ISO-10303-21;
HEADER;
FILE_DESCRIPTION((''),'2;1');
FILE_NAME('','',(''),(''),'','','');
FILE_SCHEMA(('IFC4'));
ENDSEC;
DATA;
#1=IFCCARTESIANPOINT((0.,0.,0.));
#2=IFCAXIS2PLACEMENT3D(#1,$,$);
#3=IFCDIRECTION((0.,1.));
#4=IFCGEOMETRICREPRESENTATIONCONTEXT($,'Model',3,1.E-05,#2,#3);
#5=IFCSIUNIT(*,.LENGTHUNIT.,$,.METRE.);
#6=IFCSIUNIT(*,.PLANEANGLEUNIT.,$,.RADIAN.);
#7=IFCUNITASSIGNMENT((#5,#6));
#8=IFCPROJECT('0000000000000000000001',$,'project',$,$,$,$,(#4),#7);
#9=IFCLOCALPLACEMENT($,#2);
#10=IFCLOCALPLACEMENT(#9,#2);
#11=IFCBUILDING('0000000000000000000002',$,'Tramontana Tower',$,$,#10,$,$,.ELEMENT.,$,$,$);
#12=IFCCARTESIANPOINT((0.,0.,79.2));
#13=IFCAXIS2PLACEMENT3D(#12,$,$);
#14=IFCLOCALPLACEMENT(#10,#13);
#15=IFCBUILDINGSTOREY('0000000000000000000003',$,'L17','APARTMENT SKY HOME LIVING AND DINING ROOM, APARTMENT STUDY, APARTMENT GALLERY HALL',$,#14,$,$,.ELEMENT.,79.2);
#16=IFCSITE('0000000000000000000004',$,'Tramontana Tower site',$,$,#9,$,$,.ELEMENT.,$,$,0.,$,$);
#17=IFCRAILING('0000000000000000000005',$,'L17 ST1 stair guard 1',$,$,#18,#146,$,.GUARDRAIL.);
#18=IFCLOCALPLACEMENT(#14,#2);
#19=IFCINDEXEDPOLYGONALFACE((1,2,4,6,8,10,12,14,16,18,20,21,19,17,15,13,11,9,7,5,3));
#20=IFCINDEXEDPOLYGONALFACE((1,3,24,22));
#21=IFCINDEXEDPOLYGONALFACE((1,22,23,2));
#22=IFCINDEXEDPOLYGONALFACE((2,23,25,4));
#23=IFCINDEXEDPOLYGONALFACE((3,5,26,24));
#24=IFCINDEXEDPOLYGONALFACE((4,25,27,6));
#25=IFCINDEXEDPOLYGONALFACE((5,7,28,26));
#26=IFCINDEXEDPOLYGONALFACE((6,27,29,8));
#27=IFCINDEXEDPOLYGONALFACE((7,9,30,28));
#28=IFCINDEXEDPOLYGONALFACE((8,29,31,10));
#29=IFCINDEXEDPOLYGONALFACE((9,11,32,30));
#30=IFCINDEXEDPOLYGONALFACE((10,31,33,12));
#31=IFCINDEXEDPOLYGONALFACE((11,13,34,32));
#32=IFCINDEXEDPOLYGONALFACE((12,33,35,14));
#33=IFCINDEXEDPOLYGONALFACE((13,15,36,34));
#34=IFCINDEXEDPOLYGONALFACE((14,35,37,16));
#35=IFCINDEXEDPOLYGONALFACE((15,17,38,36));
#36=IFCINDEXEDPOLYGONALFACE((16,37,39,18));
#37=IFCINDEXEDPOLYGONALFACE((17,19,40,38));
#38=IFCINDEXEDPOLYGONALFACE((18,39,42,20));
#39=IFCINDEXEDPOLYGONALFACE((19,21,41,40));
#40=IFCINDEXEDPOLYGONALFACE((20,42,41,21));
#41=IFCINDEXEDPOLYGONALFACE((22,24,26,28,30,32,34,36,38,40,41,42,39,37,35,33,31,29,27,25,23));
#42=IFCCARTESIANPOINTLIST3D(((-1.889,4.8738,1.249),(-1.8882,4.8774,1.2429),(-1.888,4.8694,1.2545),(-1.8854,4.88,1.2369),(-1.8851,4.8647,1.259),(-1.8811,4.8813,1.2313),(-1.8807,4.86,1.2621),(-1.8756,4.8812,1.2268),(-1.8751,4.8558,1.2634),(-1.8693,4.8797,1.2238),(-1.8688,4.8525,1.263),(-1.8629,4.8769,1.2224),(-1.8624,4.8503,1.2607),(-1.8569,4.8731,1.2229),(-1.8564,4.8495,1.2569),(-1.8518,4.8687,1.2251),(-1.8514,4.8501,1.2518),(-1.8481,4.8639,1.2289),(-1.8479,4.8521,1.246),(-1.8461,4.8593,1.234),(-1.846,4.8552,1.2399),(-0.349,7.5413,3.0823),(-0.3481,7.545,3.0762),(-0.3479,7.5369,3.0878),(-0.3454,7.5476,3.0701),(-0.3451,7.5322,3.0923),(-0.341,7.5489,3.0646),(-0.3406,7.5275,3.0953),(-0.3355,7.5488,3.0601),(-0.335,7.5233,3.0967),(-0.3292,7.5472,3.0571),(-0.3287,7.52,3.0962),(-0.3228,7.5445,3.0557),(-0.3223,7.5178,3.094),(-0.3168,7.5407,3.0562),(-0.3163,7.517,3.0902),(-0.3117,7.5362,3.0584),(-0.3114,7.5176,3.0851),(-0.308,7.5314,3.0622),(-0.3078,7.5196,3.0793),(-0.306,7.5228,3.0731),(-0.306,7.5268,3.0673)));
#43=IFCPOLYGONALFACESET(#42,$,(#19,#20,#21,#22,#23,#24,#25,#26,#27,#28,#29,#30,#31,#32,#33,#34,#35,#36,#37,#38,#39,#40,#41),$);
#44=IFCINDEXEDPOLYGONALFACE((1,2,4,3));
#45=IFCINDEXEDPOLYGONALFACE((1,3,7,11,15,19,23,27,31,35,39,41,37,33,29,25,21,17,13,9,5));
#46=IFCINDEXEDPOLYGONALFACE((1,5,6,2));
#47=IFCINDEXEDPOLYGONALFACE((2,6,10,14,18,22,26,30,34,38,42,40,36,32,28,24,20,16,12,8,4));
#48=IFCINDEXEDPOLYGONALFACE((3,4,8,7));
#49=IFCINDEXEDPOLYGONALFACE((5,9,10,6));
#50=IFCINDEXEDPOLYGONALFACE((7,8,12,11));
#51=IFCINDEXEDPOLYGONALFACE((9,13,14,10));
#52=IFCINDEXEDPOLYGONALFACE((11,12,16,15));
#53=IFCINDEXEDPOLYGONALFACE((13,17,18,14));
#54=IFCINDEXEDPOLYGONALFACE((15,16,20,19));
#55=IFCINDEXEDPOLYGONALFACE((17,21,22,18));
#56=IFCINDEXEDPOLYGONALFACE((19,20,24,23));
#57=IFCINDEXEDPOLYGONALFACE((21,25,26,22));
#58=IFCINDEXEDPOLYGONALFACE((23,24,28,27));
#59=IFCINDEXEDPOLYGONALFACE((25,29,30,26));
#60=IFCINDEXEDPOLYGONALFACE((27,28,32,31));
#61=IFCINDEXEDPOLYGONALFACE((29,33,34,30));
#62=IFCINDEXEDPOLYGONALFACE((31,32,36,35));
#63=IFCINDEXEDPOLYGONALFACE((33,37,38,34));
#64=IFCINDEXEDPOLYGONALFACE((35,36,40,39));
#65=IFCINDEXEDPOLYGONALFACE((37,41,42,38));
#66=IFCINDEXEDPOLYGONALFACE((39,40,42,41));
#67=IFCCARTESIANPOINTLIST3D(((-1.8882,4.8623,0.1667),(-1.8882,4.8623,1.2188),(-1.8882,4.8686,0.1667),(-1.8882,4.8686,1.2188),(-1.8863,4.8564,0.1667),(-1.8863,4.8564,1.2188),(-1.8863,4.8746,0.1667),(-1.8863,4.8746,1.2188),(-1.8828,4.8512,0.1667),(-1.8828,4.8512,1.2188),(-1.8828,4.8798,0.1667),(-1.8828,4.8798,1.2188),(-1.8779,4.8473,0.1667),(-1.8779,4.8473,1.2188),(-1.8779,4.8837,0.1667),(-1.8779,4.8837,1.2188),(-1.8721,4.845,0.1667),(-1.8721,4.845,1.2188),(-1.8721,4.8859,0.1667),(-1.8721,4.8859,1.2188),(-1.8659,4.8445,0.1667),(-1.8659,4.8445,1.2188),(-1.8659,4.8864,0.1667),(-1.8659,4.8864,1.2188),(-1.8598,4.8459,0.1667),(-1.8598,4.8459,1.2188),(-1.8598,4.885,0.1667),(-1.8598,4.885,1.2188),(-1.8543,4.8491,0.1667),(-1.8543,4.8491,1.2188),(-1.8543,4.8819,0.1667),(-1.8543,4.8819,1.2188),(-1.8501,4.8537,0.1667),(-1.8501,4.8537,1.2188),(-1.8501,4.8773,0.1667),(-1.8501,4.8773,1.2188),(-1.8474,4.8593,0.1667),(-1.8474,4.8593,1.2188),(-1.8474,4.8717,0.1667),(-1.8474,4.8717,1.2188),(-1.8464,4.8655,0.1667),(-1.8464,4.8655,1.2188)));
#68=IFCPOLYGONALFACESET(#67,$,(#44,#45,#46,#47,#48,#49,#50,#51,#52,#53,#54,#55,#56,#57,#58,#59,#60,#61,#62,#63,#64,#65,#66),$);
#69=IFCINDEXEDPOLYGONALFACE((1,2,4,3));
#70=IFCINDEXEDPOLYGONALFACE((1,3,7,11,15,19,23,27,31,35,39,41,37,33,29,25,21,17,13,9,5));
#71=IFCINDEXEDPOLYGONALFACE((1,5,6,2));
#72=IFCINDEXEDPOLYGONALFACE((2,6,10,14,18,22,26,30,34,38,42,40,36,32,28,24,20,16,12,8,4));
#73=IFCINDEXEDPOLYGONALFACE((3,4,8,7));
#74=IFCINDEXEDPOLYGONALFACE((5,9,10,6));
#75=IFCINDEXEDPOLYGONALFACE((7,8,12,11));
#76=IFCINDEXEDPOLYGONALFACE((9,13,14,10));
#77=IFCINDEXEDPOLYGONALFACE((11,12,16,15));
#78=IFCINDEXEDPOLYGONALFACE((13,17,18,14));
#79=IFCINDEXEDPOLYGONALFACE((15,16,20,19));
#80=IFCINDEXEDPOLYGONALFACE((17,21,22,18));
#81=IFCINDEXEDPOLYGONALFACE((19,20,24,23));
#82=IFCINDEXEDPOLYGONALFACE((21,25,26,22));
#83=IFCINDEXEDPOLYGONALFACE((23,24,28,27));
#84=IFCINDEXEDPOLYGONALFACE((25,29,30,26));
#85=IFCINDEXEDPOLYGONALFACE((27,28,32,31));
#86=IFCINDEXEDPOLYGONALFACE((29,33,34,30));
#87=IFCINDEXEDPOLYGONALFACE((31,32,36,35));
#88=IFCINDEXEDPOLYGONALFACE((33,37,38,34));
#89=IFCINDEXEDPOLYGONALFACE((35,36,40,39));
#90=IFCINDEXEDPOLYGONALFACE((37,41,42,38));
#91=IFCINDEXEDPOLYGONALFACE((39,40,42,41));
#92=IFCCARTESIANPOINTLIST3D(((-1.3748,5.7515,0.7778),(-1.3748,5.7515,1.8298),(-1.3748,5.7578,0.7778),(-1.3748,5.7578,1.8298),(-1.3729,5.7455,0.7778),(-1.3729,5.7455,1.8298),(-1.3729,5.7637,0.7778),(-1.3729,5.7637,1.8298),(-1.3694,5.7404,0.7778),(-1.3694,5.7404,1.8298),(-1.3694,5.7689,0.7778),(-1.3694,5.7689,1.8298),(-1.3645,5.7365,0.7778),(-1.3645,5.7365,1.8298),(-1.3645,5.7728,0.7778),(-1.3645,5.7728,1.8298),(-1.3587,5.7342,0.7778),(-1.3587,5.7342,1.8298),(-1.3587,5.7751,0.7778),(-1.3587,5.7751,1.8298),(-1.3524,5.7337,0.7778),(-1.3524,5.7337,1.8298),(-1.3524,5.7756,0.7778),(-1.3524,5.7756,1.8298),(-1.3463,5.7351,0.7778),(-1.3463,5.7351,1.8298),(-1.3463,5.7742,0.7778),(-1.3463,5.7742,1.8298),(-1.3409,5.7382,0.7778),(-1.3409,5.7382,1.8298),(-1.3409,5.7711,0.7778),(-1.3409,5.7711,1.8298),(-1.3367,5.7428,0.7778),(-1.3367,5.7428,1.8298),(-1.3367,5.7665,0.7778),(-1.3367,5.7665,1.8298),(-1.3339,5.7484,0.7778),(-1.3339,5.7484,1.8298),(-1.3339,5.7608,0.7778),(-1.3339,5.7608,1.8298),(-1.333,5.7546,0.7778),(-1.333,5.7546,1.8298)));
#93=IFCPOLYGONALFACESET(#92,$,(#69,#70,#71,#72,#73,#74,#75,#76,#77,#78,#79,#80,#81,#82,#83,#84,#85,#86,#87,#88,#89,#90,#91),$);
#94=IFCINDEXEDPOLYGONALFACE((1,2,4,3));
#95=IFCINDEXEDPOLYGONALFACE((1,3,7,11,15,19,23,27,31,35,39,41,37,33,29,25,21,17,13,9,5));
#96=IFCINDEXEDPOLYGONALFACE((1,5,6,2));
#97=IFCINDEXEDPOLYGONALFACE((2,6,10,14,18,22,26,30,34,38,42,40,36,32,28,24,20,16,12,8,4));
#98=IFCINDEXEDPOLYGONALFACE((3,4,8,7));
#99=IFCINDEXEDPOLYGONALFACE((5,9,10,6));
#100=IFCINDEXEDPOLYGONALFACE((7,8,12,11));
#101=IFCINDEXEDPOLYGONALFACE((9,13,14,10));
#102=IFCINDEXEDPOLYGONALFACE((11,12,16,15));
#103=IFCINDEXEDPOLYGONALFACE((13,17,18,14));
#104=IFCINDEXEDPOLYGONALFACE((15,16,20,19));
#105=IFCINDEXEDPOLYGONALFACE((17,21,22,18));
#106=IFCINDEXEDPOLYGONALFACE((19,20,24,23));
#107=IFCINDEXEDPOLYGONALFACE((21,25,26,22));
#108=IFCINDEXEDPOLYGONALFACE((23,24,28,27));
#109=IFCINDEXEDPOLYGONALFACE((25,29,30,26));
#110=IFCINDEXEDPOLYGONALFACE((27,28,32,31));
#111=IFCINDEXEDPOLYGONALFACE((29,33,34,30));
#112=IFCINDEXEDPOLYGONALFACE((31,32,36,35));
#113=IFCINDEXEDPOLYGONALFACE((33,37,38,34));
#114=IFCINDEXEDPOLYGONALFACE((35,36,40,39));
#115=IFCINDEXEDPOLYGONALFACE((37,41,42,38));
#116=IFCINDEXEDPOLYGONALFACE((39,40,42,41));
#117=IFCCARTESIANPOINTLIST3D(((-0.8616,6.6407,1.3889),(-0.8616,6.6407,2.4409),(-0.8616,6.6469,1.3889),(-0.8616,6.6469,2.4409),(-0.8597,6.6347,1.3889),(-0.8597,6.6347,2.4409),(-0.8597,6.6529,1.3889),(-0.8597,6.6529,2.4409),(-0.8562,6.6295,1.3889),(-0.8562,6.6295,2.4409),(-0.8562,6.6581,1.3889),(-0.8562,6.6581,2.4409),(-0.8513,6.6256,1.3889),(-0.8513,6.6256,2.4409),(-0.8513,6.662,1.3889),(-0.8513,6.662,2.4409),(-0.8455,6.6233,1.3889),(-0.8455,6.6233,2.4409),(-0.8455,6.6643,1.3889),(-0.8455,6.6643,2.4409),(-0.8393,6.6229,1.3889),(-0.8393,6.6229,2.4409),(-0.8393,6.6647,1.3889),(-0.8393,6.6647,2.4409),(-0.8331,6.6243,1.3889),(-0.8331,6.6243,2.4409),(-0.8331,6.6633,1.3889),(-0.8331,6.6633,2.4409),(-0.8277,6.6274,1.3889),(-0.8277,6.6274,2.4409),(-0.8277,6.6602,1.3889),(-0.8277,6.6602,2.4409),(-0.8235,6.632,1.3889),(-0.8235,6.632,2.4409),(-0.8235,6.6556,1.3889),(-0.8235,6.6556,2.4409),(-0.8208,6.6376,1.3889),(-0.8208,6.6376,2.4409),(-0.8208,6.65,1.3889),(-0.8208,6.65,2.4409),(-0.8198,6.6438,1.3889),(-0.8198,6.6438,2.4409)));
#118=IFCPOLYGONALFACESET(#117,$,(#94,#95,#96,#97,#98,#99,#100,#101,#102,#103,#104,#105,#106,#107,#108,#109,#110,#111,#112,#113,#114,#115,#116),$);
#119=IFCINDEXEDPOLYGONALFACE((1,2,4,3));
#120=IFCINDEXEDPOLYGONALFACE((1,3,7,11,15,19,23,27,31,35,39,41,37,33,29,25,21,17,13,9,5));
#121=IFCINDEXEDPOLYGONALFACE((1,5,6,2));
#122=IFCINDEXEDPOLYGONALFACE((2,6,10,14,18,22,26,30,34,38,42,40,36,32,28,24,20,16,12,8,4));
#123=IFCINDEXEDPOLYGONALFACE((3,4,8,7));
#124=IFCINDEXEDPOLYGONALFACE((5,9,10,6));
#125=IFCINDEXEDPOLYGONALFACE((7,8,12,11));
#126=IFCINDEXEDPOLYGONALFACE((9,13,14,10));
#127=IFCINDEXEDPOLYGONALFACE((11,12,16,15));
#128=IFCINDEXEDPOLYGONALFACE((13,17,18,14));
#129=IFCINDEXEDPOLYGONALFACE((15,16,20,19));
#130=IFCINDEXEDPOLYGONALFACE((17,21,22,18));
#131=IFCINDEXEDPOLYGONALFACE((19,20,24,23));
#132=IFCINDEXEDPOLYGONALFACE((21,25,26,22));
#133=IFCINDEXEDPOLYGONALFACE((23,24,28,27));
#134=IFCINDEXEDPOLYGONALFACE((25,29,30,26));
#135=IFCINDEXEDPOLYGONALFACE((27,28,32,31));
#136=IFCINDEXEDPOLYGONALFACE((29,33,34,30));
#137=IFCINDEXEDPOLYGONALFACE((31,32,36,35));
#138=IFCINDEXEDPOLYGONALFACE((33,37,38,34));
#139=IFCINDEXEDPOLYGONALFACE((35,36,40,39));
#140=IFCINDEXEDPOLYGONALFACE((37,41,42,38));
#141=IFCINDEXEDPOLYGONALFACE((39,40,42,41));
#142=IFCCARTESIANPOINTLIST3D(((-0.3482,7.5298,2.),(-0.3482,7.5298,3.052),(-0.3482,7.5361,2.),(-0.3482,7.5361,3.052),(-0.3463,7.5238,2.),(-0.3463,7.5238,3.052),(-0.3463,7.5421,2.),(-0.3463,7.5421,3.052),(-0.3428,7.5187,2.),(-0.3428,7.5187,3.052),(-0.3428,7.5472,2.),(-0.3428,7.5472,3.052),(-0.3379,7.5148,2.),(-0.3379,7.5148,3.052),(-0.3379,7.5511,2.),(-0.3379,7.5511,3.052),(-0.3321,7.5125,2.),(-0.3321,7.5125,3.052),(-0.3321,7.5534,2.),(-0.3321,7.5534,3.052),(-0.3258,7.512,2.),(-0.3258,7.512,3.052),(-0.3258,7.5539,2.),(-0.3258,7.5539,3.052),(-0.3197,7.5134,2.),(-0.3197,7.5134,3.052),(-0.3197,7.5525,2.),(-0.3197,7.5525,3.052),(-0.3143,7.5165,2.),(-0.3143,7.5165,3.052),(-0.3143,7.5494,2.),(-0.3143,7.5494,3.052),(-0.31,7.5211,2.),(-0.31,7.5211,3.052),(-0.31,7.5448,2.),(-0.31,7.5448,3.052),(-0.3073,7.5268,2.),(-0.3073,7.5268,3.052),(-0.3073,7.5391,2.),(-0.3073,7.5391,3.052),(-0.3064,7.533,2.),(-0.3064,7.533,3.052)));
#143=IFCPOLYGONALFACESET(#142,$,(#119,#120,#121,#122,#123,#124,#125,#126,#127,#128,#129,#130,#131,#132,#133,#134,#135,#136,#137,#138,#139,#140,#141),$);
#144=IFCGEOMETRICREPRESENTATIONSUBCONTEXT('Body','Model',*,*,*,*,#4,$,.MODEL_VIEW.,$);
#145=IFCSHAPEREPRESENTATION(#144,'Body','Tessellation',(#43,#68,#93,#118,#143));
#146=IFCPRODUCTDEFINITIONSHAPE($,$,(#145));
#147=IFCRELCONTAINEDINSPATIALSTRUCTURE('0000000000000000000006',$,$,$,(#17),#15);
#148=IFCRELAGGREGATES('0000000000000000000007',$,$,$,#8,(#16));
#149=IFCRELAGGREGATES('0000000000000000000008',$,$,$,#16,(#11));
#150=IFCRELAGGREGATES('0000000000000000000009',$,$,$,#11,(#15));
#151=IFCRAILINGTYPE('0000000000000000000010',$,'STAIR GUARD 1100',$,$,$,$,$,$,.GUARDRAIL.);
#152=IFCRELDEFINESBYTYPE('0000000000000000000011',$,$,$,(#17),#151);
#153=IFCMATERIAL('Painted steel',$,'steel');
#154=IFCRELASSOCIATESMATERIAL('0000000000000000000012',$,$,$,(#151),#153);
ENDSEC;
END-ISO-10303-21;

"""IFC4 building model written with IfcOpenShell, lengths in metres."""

from ifc_helpers import new_model, si_unit, direction, frame, origin, origin_2d, place, context, subcontext, project, spatial, circle, extrude, material, type_object, element, save


model = new_model("IFC4")

# Units and contexts
model_context = context("Model", 3, precision=1e-05, world=origin(), true_north=direction((0.0, 1.0)))
body_context = subcontext(model_context, "Body", "Model", "MODEL_VIEW")
ifc_project = project(units=[si_unit("LENGTHUNIT", "METRE"), si_unit("PLANEANGLEUNIT", "RADIAN")], contexts=[model_context])

# Site, building, storey
site_placement = place(None, origin())
site = spatial("IfcSite", under=ifc_project, at=site_placement, Name="Tramontana Tower site", CompositionType="ELEMENT", RefElevation=0.0)
building_placement = place(site_placement, origin())
building = spatial("IfcBuilding", under=site, at=building_placement, Name="Tramontana Tower", CompositionType="ELEMENT")
storey_placement = place(building_placement, frame((0.0, 0.0, 79.2)))
storey = spatial("IfcBuildingStorey", under=building, at=storey_placement, Name="L17", Description="APARTMENT SKY HOME LIVING AND DINING ROOM, APARTMENT STUDY, APARTMENT GALLERY HALL", CompositionType="ELEMENT", Elevation=79.2)

# Railing
ifc_material_1 = material(Name="Painted steel", Category="steel")
railing_type_1 = type_object("IfcRailingType", Name="STAIR GUARD 1100", PredefinedType="GUARDRAIL", material=ifc_material_1)
railing_1_placement = place(storey_placement, frame((-1.8674, 4.8655, 0.1667)))
element("IfcRailing", 1, at=railing_1_placement, inside=storey, type_object=railing_type_1, Name="L17 ST1 stair guard 1", PredefinedType="GUARDRAIL", context=body_context, shape_type="SweptSolid", body=[
    extrude(circle(Radius=0.0239, at=origin_2d()), frame((0.0, 0.0, 1.0762), z_axis=(0.429649, 0.74419, 0.511452), x_axis=(-0.86603, 0.499992, 0.0)), (0.0, 0.0, 1.0), 3.5845),
    extrude(circle(Radius=0.021, at=origin_2d()), origin(), (0.0, 0.0, 1.0), 1.052),
    extrude(circle(Radius=0.021, at=origin_2d()), frame((0.5134, 0.8892, 0.6111)), (0.0, 0.0, 1.0), 1.052),
    extrude(circle(Radius=0.021, at=origin_2d()), frame((1.0266, 1.7783, 1.2222)), (0.0, 0.0, 1.0), 1.052),
    extrude(circle(Radius=0.021, at=origin_2d()), frame((1.54, 2.6675, 1.8333)), (0.0, 0.0, 1.0), 1.052),
])

save(model, "model.ifc")
